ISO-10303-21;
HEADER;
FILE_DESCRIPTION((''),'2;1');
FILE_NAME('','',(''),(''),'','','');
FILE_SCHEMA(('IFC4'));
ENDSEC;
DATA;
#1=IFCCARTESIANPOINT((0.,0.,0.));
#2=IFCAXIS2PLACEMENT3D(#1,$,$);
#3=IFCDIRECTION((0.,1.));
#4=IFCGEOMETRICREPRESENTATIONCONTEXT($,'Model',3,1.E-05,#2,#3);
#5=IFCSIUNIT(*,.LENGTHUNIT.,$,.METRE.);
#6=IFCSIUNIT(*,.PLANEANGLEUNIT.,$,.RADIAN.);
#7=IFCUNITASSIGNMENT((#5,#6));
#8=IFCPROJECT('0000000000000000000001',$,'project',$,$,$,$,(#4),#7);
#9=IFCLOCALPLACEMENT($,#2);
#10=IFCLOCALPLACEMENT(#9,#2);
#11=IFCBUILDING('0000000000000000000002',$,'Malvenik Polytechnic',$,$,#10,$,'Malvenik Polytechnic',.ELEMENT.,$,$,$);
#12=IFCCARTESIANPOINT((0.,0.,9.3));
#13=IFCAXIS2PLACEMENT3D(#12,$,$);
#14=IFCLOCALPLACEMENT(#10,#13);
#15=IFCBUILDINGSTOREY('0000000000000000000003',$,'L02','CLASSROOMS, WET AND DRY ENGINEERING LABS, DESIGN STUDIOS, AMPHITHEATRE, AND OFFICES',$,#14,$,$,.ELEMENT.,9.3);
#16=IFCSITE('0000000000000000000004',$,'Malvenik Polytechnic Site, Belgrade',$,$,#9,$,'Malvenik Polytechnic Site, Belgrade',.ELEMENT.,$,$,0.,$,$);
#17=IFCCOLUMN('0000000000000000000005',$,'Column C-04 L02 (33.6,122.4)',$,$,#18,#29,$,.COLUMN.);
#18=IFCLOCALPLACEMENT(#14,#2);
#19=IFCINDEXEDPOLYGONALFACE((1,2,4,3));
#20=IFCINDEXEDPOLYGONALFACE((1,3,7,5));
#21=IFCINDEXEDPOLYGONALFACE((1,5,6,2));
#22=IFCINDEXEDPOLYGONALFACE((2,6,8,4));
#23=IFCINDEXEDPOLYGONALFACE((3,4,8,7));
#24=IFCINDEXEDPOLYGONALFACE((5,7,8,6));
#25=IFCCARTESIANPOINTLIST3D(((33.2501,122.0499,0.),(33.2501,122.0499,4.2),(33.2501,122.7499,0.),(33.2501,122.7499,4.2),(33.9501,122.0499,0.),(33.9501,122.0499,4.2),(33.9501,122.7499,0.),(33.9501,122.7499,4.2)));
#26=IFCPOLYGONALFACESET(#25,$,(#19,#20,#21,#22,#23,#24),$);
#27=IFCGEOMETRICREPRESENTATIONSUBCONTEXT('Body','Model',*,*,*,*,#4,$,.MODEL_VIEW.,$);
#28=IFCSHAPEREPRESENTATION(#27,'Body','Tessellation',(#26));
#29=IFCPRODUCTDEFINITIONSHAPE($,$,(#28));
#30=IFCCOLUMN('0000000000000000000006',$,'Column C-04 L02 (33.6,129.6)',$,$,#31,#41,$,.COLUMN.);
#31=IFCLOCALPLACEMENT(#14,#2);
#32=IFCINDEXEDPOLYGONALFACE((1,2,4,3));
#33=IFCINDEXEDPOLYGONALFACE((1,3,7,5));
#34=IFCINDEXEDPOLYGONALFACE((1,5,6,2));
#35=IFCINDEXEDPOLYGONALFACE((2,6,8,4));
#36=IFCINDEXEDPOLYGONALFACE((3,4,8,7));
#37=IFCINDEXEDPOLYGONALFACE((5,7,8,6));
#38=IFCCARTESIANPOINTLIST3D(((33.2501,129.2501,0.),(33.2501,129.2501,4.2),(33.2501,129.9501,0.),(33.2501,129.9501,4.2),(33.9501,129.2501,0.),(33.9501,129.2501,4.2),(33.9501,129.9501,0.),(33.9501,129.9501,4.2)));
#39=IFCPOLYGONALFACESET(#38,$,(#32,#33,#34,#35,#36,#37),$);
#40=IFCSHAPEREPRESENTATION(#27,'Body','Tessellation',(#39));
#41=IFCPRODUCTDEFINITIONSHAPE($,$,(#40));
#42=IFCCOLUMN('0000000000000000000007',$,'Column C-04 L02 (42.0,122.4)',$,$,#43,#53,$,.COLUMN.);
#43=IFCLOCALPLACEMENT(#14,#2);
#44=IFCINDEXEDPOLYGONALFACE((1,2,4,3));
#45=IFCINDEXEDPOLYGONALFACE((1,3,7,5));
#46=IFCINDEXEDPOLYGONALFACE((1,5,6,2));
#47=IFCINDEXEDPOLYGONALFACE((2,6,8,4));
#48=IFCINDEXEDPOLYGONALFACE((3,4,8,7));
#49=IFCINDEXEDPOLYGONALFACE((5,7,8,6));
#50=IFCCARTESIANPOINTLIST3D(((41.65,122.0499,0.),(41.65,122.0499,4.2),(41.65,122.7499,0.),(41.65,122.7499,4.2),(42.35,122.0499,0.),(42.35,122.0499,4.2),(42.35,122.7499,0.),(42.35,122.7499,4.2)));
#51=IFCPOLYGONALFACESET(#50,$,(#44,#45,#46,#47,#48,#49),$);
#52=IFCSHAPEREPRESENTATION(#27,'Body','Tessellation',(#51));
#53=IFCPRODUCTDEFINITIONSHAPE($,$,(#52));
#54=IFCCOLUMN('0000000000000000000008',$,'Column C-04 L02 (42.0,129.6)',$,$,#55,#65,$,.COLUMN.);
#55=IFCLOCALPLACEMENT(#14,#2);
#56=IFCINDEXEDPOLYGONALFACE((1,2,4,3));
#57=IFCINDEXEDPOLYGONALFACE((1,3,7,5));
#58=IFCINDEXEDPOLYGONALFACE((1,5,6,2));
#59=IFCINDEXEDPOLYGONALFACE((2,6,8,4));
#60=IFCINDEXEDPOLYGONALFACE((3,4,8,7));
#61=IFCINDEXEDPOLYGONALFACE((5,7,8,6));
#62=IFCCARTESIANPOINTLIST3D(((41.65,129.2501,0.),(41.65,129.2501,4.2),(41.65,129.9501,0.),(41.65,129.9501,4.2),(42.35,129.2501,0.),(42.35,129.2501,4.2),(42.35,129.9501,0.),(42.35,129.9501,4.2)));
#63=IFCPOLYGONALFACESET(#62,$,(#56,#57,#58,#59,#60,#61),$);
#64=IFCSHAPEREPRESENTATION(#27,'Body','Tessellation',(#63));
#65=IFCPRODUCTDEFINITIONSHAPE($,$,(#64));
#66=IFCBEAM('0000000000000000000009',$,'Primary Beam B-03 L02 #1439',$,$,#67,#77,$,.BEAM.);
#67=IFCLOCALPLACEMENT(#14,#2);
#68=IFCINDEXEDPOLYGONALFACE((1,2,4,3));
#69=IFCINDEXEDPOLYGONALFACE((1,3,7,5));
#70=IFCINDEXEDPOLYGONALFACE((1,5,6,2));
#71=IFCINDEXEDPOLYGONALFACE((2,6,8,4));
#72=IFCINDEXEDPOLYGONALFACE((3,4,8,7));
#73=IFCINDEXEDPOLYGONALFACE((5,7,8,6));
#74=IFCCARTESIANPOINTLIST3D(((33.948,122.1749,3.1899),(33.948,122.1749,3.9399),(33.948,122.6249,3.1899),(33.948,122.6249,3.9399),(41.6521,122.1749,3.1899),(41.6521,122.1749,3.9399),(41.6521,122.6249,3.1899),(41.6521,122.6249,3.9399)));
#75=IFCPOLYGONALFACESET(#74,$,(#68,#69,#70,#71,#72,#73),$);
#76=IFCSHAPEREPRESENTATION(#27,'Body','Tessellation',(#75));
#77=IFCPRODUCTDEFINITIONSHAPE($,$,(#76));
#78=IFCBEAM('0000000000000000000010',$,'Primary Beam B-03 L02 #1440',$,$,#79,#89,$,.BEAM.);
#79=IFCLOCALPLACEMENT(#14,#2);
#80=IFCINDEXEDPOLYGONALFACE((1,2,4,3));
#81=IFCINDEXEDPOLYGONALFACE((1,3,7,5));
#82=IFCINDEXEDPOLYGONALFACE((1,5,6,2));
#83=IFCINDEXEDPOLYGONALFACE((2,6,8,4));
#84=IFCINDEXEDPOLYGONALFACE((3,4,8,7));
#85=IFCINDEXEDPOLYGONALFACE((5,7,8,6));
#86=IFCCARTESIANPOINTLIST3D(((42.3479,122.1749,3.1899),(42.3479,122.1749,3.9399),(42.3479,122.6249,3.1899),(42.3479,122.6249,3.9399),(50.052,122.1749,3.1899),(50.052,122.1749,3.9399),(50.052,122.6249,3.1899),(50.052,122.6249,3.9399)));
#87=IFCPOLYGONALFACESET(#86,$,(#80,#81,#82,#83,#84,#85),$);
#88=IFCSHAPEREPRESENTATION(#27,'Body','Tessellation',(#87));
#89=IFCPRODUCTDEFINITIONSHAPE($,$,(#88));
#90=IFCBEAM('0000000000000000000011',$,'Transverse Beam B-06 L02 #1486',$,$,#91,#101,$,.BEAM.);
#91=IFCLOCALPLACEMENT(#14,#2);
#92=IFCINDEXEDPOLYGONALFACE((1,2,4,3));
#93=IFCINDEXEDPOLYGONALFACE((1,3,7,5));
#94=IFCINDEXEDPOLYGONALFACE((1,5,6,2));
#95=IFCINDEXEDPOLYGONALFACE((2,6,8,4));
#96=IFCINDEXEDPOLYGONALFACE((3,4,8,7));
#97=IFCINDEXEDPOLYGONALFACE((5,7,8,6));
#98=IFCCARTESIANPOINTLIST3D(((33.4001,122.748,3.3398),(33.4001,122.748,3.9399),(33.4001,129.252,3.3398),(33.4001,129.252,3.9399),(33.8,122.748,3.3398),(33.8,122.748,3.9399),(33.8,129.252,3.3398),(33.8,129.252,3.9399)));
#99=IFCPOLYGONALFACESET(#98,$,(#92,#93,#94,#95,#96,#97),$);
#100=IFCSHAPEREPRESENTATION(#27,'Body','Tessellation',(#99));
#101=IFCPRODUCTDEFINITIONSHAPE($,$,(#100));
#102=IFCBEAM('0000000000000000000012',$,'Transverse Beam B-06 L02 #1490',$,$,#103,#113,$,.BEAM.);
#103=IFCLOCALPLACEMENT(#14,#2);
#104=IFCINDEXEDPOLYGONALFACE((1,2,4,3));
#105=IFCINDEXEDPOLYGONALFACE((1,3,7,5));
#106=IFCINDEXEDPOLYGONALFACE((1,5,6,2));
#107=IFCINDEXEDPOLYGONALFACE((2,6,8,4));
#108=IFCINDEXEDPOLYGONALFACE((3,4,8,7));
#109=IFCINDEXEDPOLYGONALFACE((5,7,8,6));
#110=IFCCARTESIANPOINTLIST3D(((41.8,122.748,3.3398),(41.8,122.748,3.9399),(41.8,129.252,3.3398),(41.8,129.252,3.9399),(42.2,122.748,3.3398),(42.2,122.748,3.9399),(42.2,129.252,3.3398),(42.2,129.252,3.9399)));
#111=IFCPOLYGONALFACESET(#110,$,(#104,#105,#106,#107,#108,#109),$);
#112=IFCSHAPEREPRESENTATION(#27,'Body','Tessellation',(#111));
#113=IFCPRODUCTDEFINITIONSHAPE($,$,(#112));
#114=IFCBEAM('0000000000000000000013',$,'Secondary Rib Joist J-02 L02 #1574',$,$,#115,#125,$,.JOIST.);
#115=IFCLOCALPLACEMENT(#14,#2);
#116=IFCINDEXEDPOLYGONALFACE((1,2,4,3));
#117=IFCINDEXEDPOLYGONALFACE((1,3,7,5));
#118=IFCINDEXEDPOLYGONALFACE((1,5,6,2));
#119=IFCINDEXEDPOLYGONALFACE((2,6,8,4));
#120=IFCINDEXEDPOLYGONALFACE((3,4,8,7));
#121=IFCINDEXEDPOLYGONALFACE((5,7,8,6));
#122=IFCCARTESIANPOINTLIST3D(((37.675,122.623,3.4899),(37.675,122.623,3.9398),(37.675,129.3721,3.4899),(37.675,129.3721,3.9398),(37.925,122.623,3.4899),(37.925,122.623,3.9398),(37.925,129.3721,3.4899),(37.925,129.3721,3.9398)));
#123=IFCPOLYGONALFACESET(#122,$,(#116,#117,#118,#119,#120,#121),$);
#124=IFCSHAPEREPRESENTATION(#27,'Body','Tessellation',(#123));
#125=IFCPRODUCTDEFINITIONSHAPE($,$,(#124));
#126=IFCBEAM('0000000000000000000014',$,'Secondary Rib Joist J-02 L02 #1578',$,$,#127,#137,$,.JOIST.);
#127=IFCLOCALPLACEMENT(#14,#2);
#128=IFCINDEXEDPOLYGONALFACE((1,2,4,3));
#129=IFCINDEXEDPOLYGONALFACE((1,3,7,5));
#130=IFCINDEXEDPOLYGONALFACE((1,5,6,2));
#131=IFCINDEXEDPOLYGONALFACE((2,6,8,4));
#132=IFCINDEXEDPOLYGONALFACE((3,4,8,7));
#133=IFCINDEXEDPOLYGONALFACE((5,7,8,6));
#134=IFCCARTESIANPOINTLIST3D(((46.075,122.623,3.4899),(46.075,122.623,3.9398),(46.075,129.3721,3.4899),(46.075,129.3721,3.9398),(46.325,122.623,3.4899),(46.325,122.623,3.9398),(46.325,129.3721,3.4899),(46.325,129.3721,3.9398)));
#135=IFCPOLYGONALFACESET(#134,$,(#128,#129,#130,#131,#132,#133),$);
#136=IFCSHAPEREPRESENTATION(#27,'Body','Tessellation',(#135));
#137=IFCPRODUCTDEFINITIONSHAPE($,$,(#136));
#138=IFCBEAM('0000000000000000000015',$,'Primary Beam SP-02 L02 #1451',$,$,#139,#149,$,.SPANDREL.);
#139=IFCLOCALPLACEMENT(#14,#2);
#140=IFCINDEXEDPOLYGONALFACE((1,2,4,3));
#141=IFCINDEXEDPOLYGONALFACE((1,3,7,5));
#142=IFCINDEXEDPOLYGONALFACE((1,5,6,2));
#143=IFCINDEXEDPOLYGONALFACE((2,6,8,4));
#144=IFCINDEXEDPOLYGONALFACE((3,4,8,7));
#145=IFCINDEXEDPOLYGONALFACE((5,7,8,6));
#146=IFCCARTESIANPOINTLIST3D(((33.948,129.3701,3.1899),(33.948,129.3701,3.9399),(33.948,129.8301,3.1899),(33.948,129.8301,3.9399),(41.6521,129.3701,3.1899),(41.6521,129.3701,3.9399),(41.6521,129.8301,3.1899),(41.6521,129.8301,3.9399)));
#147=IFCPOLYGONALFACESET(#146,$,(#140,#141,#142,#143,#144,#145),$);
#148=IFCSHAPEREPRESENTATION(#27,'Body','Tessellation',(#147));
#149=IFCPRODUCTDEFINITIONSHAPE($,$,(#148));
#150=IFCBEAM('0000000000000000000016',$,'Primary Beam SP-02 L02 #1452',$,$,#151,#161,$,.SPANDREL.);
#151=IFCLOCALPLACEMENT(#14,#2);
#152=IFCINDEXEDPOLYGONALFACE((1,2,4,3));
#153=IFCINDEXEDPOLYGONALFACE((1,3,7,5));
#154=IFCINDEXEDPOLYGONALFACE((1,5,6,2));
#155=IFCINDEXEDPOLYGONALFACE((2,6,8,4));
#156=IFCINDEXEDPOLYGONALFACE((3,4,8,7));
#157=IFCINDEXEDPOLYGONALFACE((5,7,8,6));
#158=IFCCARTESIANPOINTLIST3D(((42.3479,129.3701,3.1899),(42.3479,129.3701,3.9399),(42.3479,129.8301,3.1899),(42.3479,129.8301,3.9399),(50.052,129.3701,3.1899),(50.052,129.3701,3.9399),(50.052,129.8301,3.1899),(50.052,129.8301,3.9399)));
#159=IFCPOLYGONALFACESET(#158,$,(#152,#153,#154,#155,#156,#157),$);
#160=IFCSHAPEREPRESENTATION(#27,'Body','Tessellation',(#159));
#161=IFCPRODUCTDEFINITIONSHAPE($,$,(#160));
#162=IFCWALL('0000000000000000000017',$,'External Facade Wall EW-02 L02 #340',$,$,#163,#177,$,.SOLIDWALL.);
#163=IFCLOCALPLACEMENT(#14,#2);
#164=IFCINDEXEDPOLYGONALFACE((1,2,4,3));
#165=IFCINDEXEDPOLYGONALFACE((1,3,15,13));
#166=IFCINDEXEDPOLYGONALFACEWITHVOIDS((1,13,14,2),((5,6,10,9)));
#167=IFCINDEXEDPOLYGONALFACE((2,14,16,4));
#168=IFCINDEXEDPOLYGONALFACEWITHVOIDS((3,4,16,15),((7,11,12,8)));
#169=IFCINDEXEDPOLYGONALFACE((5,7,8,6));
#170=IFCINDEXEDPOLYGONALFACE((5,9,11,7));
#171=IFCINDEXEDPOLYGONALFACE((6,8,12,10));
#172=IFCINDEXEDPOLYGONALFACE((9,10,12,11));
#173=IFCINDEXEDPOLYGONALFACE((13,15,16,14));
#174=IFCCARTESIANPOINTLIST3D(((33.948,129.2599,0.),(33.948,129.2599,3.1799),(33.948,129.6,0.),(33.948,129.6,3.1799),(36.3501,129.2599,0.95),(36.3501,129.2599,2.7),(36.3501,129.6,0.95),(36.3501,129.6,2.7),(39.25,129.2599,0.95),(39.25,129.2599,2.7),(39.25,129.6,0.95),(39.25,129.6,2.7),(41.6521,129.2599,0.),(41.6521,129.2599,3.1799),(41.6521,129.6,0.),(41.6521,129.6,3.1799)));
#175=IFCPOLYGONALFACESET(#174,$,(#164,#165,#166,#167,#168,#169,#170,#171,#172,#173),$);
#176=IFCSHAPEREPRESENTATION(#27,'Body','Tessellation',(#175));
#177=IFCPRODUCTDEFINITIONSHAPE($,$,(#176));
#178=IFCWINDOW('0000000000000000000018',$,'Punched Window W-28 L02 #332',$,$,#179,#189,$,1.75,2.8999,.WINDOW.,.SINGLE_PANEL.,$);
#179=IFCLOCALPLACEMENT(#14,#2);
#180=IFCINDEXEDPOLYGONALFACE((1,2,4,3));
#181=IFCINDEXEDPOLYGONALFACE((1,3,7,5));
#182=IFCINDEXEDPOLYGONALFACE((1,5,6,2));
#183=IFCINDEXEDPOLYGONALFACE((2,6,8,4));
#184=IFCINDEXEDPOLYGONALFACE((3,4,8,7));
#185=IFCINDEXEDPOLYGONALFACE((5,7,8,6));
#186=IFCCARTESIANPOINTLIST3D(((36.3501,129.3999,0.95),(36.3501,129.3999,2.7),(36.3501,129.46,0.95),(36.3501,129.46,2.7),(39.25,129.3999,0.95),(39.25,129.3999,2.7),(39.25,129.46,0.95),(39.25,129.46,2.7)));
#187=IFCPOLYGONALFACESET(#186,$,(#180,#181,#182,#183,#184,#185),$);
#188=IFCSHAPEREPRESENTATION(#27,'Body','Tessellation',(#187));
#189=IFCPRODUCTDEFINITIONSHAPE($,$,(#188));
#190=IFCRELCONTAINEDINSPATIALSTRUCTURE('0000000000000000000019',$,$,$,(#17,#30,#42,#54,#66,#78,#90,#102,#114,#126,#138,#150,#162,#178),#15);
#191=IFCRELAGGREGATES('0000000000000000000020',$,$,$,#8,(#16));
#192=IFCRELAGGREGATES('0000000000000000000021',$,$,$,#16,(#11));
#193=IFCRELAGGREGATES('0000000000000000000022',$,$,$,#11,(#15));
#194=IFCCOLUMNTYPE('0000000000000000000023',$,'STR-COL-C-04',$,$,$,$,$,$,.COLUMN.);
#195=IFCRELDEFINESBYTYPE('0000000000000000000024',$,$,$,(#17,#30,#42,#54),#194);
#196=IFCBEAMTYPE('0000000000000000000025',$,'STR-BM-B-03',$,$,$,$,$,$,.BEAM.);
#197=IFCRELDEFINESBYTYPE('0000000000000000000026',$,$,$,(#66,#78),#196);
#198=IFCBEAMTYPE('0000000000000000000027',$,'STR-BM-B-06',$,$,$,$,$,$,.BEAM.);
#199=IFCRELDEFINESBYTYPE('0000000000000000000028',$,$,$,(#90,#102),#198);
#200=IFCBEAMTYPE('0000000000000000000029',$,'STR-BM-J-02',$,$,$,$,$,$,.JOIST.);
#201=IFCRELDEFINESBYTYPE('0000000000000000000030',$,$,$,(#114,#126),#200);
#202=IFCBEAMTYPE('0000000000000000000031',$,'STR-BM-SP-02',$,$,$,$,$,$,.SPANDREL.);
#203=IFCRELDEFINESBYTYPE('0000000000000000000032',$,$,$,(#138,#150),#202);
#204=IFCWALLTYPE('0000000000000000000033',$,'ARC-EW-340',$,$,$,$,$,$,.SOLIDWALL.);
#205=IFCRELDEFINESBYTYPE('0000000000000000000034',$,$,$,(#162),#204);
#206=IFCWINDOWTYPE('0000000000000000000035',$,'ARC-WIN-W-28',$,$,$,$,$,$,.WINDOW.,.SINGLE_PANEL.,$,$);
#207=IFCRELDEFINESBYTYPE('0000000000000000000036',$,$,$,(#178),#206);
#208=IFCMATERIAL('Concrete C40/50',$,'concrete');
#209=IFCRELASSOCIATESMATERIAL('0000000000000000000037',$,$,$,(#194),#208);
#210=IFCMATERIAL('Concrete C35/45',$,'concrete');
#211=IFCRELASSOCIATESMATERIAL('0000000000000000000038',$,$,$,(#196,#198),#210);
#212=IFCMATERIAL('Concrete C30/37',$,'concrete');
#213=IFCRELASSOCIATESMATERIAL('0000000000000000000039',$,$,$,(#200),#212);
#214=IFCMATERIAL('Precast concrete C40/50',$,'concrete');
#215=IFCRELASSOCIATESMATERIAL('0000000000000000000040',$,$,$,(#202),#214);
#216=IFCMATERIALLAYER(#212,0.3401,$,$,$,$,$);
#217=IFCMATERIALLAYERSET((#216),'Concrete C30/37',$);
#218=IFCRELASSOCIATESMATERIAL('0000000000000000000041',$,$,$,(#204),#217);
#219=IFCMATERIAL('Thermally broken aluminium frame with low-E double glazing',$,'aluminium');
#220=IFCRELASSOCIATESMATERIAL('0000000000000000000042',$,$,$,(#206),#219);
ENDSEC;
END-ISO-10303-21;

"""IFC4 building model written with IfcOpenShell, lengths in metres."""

from ifc_helpers import new_model, si_unit, direction, frame, frame_2d, origin, origin_2d, place, context, subcontext, project, spatial, rectangle, extrude, material, layer, layer_set, material_profile, profile_set, type_object, element, fill, save


model = new_model("IFC4")

# Units and contexts
model_context = context("Model", 3, precision=1e-05, world=origin(), true_north=direction((0.0, 1.0)))
body_context = subcontext(model_context, "Body", "Model", "MODEL_VIEW")
ifc_project = project(units=[si_unit("LENGTHUNIT", "METRE"), si_unit("PLANEANGLEUNIT", "RADIAN")], contexts=[model_context])

# Site, building, storey
site_placement = place(None, origin())
site = spatial("IfcSite", under=ifc_project, at=site_placement, Name="Malvenik Polytechnic Site, Belgrade", LongName="Malvenik Polytechnic Site, Belgrade", CompositionType="ELEMENT", RefElevation=0.0)
building_placement = place(site_placement, origin())
building = spatial("IfcBuilding", under=site, at=building_placement, Name="Malvenik Polytechnic", LongName="Malvenik Polytechnic", CompositionType="ELEMENT")
storey_placement = place(building_placement, frame((0.0, 0.0, 9.3)))
storey = spatial("IfcBuildingStorey", under=building, at=storey_placement, Name="L02", Description="CLASSROOMS, WET AND DRY ENGINEERING LABS, DESIGN STUDIOS, AMPHITHEATRE, AND OFFICES", CompositionType="ELEMENT", Elevation=9.3)

# Columns
ifc_material_1 = material(Name="Concrete C40/50", Category="concrete")
ifc_material_profile_1 = material_profile(ifc_material_1, rectangle(XDim=0.7, YDim=0.7, at=origin_2d()), Name="RC COL 700x700")
ifc_profile_set_1 = profile_set([ifc_material_profile_1], Name="Concrete C40/50")
column_type = type_object("IfcColumnType", Name="STR-COL-C-04", PredefinedType="COLUMN", material=ifc_profile_set_1)
for number, where, z_axis, x_axis, name in (
    (1, (33.6001, 122.3999, 0.0), (0.0, 0.0, 1.0), (1.0, 0.0, 0.0), "Column C-04 L02 (33.6,122.4)"),
    (2, (33.6001, 129.6001, 0.0), (0.0, 0.0, 1.0), (1.0, 0.0, 0.0), "Column C-04 L02 (33.6,129.6)"),
    (3, (42.0, 122.3999, 0.0), (0.0, 0.0, 1.0), (1.0, 0.0, 0.0), "Column C-04 L02 (42.0,122.4)"),
    (4, (42.0, 129.6001, 0.0), (0.0, 0.0, 1.0), (1.0, 0.0, 0.0), "Column C-04 L02 (42.0,129.6)"),
):
    element("IfcColumn", number, at=place(storey_placement, frame(where, z_axis=z_axis, x_axis=x_axis)), inside=storey, type_object=column_type, Name=name, PredefinedType="COLUMN", context=body_context, shape_type="SweptSolid", body=[
        extrude(rectangle(XDim=0.7, YDim=0.7, at=origin_2d()), origin(), (0.0, 0.0, 1.0), 4.2),
    ])

# Beams
ifc_material_2 = material(Name="Concrete C35/45", Category="concrete")
ifc_material_profile_2 = material_profile(ifc_material_2, rectangle(XDim=0.45, YDim=0.75, at=origin_2d()), Name="RC BM 450x750")
ifc_profile_set_2 = profile_set([ifc_material_profile_2], Name="Concrete C35/45")
beam_type_1 = type_object("IfcBeamType", Name="STR-BM-B-03", PredefinedType="BEAM", material=ifc_profile_set_2)
for number, where, z_axis, x_axis, name in (
    (5, (33.948, 122.3999, 3.5649), (1.0, 0.0, 0.0), (0.0, 1.0, 0.0), "Primary Beam B-03 L02 #1439"),
    (6, (42.3479, 122.3999, 3.5649), (1.0, 0.0, 0.0), (0.0, 1.0, 0.0), "Primary Beam B-03 L02 #1440"),
):
    element("IfcBeam", number, at=place(storey_placement, frame(where, z_axis=z_axis, x_axis=x_axis)), inside=storey, type_object=beam_type_1, Name=name, PredefinedType="BEAM", context=body_context, shape_type="SweptSolid", body=[
        extrude(rectangle(XDim=0.45, YDim=0.75, at=origin_2d()), origin(), (0.0, 0.0, 1.0), 7.7041),
    ])
ifc_material_profile_3 = material_profile(ifc_material_2, rectangle(XDim=0.3999, YDim=0.6001, at=origin_2d()), Name="RC BM 400x600")
ifc_profile_set_3 = profile_set([ifc_material_profile_3], Name="Concrete C35/45")
beam_type_2 = type_object("IfcBeamType", Name="STR-BM-B-06", PredefinedType="BEAM", material=ifc_profile_set_3)
for number, where, z_axis, x_axis, name in (
    (7, (33.6001, 122.748, 3.6399), (0.0, 1.0, 0.0), (-1.0, 0.0, 0.0), "Transverse Beam B-06 L02 #1486"),
    (8, (42.0, 122.748, 3.6399), (0.0, 1.0, 0.0), (-1.0, 0.0, 0.0), "Transverse Beam B-06 L02 #1490"),
):
    element("IfcBeam", number, at=place(storey_placement, frame(where, z_axis=z_axis, x_axis=x_axis)), inside=storey, type_object=beam_type_2, Name=name, PredefinedType="BEAM", context=body_context, shape_type="SweptSolid", body=[
        extrude(rectangle(XDim=0.3999, YDim=0.6001, at=origin_2d()), origin(), (0.0, 0.0, 1.0), 6.5039),
    ])
ifc_material_3 = material(Name="Concrete C30/37", Category="concrete")
ifc_material_profile_4 = material_profile(ifc_material_3, rectangle(XDim=0.25, YDim=0.45, at=origin_2d()), Name="RC JST 250x450")
ifc_profile_set_4 = profile_set([ifc_material_profile_4], Name="Concrete C30/37")
beam_type_3 = type_object("IfcBeamType", Name="STR-BM-J-02", PredefinedType="JOIST", material=ifc_profile_set_4)
for number, where, z_axis, x_axis, name in (
    (9, (37.8, 122.623, 3.7148), (0.0, 1.0, 0.0), (-1.0, 0.0, 0.0), "Secondary Rib Joist J-02 L02 #1574"),
    (10, (46.2, 122.623, 3.7148), (0.0, 1.0, 0.0), (-1.0, 0.0, 0.0), "Secondary Rib Joist J-02 L02 #1578"),
):
    element("IfcBeam", number, at=place(storey_placement, frame(where, z_axis=z_axis, x_axis=x_axis)), inside=storey, type_object=beam_type_3, Name=name, PredefinedType="JOIST", context=body_context, shape_type="SweptSolid", body=[
        extrude(rectangle(XDim=0.25, YDim=0.45, at=origin_2d()), origin(), (0.0, 0.0, 1.0), 6.749),
    ])
ifc_material_4 = material(Name="Precast concrete C40/50", Category="concrete")
ifc_material_profile_5 = material_profile(ifc_material_4, rectangle(XDim=0.46, YDim=0.75, at=origin_2d()), Name="PC SPN 460x750")
ifc_profile_set_5 = profile_set([ifc_material_profile_5], Name="Precast concrete C40/50")
beam_type_4 = type_object("IfcBeamType", Name="STR-BM-SP-02", PredefinedType="SPANDREL", material=ifc_profile_set_5)
for number, where, z_axis, x_axis, name in (
    (11, (33.948, 129.6001, 3.5649), (1.0, 0.0, 0.0), (0.0, 1.0, 0.0), "Primary Beam SP-02 L02 #1451"),
    (12, (42.3479, 129.6001, 3.5649), (1.0, 0.0, 0.0), (0.0, 1.0, 0.0), "Primary Beam SP-02 L02 #1452"),
):
    element("IfcBeam", number, at=place(storey_placement, frame(where, z_axis=z_axis, x_axis=x_axis)), inside=storey, type_object=beam_type_4, Name=name, PredefinedType="SPANDREL", context=body_context, shape_type="SweptSolid", body=[
        extrude(rectangle(XDim=0.46, YDim=0.75, at=origin_2d()), origin(), (0.0, 0.0, 1.0), 7.7041),
    ])

# Wall, opening, window
ifc_layer_1 = layer(ifc_material_3, 0.3401)
ifc_layer_set_1 = layer_set([ifc_layer_1], Name="Concrete C30/37")
wall_type_1 = type_object("IfcWallType", Name="ARC-EW-340", PredefinedType="SOLIDWALL", material=ifc_layer_set_1)
wall_1_placement = place(storey_placement, frame((33.948, 129.4299, 0.0), z_axis=(0.0, 0.0, 1.0), x_axis=(1.0, 0.0, 0.0)))
wall_1 = element("IfcWall", 13, at=wall_1_placement, inside=storey, type_object=wall_type_1, Name="External Facade Wall EW-02 L02 #340", PredefinedType="SOLIDWALL", context=body_context, shape_type="SweptSolid", body=[
    extrude(rectangle(XDim=7.7041, YDim=0.3401, at=frame_2d((3.8521, 0.0))), origin(), (0.0, 0.0, 1.0), 3.1799),
])
opening_1_placement = place(wall_1_placement, frame((2.4021, 0.0, 0.95)))
opening_1 = element("IfcOpeningElement", 14, at=opening_1_placement, cuts=wall_1, PredefinedType="OPENING", context=body_context, shape_type="SweptSolid", body=[
    extrude(rectangle(XDim=2.8999, YDim=1.75, at=frame_2d((1.45, 0.875))), frame((0.0, 0.1802, 0.0), z_axis=(0.0, -1.0, 0.0), x_axis=(1.0, 0.0, 0.0)), (0.0, 0.0, 1.0), 0.3601),
])
ifc_material_5 = material(Name="Thermally broken aluminium frame with low-E double glazing", Category="aluminium")
window_type_1 = type_object("IfcWindowType", Name="ARC-WIN-W-28", PartitioningType="SINGLE_PANEL", PredefinedType="WINDOW", material=ifc_material_5)
window_1_placement = place(opening_1_placement, origin())
window_1 = element("IfcWindow", 15, at=window_1_placement, inside=storey, type_object=window_type_1, Name="Punched Window W-28 L02 #332", OverallHeight=1.75, OverallWidth=2.8999, PartitioningType="SINGLE_PANEL", PredefinedType="WINDOW", context=body_context, shape_type="SweptSolid", body=[
    extrude(rectangle(XDim=2.8999, YDim=1.75, at=frame_2d((1.45, 0.875))), frame((0.0, 0.03, 0.0), z_axis=(0.0, -1.0, 0.0), x_axis=(1.0, 0.0, 0.0)), (0.0, 0.0, 1.0), 0.0601),
])
fill(opening_1, window_1)

save(model, "model.ifc")
